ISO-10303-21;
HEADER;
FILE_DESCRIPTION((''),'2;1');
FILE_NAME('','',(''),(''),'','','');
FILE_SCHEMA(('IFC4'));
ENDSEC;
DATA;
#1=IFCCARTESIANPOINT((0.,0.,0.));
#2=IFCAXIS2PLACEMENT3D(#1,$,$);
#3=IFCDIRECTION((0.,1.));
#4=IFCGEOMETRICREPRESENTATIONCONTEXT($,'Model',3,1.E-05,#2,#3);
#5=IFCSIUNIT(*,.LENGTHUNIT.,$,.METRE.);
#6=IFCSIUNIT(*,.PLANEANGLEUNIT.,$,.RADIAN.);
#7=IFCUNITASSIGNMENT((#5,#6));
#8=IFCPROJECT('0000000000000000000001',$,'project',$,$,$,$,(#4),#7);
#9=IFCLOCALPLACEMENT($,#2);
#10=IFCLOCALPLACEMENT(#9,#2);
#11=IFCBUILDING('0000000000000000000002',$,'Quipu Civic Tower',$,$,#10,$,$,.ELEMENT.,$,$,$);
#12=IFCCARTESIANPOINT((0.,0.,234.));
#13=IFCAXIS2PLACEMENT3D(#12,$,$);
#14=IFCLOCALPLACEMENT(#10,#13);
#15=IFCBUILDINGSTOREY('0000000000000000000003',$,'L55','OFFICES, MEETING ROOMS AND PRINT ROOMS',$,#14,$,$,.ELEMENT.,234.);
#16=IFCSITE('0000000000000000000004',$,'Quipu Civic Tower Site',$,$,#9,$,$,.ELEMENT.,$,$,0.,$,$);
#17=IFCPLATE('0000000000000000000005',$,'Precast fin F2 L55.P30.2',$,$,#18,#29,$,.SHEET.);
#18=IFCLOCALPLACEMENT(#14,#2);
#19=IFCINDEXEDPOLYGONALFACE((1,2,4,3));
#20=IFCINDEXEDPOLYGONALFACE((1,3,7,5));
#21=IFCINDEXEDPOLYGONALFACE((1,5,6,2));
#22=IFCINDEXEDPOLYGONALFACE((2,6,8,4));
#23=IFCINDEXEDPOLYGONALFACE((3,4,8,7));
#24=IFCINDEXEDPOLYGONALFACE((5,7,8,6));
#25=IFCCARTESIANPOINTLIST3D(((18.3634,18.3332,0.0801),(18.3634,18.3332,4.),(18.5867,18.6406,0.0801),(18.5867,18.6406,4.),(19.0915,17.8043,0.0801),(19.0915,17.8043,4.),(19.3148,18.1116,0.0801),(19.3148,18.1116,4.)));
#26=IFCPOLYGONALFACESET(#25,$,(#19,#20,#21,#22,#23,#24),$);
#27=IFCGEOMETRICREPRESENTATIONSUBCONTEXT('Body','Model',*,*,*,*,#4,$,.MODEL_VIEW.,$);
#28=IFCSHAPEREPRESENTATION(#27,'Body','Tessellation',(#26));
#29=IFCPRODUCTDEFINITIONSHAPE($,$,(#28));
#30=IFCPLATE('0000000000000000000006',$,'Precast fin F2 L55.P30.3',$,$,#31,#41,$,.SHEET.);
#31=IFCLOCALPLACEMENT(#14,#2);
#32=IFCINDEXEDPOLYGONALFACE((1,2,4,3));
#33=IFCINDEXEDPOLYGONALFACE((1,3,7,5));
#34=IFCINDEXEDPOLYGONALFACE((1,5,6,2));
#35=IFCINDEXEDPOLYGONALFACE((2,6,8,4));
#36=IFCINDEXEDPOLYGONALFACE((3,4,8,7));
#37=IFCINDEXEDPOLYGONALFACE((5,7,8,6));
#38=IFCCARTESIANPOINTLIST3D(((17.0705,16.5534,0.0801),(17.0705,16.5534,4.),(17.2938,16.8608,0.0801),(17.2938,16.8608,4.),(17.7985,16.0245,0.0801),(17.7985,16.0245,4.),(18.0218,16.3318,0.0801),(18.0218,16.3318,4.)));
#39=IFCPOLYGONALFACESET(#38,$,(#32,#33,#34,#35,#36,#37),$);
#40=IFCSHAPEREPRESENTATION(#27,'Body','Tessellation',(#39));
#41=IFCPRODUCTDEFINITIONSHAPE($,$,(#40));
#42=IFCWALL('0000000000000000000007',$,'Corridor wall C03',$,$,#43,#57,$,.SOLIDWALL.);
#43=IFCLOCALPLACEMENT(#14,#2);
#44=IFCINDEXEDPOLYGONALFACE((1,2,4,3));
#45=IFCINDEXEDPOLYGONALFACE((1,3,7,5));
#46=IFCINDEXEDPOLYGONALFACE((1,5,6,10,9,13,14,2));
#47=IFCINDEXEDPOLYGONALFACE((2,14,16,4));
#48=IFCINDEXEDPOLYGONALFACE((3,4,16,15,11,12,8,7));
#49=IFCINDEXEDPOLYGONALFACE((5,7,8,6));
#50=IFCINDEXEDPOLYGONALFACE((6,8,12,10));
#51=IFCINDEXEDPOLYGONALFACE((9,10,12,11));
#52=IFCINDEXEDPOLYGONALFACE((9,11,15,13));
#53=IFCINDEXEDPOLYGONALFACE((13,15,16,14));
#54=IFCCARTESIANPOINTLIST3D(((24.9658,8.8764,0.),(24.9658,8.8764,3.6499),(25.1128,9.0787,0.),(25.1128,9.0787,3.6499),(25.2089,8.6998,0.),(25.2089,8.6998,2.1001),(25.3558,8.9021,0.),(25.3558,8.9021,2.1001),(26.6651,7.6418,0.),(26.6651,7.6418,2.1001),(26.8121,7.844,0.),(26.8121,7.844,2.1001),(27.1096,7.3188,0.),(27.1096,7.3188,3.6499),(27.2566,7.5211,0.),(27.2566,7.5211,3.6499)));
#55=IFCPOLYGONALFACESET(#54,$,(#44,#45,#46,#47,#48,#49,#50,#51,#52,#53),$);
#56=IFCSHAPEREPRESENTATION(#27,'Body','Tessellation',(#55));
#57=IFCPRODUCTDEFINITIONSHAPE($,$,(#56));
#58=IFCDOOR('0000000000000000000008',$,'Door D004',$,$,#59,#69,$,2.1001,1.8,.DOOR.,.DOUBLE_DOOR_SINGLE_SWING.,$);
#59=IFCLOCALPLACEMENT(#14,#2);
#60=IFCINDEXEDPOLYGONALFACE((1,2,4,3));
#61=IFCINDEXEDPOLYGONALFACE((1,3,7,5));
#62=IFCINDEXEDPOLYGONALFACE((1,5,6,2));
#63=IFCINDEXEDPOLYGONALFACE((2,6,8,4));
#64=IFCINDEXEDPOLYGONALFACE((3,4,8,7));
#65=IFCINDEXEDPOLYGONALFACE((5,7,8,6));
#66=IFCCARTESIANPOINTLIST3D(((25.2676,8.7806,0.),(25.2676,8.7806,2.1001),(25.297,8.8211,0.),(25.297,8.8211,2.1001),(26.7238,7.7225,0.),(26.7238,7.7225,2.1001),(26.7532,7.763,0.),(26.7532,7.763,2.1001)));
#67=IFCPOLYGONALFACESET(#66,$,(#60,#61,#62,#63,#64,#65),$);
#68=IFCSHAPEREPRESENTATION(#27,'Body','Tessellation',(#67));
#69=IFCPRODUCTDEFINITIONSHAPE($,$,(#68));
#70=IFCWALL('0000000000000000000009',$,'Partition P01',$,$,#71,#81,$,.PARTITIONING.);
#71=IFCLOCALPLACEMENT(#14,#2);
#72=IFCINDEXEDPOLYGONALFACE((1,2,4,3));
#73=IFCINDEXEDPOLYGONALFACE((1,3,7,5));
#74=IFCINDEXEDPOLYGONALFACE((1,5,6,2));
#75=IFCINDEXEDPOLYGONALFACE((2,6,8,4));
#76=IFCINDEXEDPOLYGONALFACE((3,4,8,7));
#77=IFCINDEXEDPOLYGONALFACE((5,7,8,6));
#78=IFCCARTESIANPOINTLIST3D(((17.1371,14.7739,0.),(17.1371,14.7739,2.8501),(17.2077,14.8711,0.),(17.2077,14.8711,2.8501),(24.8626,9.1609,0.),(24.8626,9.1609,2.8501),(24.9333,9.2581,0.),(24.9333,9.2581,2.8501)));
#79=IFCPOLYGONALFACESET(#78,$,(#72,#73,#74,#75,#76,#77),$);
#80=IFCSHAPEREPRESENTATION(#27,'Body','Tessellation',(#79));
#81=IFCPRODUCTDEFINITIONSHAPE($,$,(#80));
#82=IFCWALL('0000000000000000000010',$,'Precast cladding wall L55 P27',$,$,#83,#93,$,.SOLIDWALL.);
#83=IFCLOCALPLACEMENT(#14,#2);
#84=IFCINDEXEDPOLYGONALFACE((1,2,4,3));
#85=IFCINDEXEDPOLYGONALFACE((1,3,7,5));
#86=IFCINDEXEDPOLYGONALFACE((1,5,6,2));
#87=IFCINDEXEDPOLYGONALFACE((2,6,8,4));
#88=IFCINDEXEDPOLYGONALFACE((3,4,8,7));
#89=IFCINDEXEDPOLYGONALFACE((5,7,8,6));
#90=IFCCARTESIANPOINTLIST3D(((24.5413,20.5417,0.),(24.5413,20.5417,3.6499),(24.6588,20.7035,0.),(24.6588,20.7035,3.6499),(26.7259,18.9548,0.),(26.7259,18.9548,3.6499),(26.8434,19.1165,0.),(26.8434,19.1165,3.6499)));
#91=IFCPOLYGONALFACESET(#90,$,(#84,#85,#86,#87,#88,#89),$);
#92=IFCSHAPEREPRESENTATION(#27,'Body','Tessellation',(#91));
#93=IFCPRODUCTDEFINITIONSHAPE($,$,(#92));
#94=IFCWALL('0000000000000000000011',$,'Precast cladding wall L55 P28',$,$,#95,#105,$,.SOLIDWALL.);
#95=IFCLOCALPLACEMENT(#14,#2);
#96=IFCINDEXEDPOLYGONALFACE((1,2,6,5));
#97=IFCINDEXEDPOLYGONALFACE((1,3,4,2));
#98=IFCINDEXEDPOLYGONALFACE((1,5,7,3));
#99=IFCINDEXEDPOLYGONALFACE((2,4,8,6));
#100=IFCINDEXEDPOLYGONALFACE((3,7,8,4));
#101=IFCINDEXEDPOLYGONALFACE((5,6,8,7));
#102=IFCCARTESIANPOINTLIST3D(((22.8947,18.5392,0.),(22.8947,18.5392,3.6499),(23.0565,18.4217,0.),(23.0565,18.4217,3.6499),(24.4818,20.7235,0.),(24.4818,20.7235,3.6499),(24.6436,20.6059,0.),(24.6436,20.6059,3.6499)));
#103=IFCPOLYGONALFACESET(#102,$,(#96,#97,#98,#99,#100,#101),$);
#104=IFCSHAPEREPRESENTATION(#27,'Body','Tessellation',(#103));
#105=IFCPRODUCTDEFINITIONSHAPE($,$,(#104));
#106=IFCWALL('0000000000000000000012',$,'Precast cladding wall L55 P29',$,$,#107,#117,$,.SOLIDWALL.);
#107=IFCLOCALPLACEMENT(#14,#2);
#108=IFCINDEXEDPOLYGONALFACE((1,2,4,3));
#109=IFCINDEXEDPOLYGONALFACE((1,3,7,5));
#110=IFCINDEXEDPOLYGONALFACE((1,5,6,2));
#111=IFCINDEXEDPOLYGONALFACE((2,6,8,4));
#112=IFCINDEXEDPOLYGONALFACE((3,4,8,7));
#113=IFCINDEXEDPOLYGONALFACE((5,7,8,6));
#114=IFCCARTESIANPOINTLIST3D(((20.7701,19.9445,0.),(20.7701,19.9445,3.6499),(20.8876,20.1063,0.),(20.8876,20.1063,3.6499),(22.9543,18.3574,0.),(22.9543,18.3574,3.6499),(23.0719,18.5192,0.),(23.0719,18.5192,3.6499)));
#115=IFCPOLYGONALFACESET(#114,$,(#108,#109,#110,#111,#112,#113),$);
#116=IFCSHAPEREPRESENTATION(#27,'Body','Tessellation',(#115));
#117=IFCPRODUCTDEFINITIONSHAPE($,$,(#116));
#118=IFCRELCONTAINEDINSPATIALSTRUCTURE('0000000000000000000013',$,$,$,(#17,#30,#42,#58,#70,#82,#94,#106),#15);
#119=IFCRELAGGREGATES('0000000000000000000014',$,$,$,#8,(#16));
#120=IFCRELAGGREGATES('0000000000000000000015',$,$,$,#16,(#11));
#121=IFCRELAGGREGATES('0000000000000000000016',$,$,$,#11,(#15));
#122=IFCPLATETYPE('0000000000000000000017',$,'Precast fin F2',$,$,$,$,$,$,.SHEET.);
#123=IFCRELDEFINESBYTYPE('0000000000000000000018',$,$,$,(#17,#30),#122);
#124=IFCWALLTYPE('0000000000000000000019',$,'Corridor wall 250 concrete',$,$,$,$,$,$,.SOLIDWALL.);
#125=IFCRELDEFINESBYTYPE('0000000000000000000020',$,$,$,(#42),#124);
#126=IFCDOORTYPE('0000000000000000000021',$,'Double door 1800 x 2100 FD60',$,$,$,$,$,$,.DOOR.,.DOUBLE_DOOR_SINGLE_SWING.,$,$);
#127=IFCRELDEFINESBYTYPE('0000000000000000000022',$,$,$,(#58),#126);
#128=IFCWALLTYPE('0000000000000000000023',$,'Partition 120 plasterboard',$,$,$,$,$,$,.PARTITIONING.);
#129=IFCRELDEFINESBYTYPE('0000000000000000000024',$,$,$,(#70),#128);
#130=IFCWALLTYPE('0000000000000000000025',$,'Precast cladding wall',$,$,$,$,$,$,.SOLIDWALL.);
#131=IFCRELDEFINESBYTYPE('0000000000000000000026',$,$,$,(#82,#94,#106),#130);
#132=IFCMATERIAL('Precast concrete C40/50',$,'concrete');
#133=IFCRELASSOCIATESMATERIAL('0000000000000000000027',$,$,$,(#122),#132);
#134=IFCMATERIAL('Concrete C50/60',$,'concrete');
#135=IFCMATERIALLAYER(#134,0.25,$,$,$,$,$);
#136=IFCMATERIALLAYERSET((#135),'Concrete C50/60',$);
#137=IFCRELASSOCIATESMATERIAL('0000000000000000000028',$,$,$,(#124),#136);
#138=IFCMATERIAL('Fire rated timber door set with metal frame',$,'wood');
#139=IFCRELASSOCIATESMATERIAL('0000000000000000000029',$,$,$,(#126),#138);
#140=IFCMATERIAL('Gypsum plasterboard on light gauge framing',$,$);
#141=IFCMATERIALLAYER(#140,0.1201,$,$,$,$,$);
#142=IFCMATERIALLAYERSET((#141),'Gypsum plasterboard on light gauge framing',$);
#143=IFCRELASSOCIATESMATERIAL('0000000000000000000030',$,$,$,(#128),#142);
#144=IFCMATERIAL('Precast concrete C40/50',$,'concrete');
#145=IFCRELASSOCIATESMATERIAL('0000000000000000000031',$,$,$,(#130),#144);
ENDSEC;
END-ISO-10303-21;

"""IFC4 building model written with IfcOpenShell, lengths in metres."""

from ifc_helpers import new_model, si_unit, direction, frame, frame_2d, origin, origin_2d, place, context, subcontext, project, spatial, rectangle, extrude, material, layer, layer_set, type_object, element, fill, save


model = new_model("IFC4")

# Units and contexts
model_context = context("Model", 3, precision=1e-05, world=origin(), true_north=direction((0.0, 1.0)))
body_context = subcontext(model_context, "Body", "Model", "MODEL_VIEW")
ifc_project = project(units=[si_unit("LENGTHUNIT", "METRE"), si_unit("PLANEANGLEUNIT", "RADIAN")], contexts=[model_context])

# Site, building, storey
site_placement = place(None, origin())
site = spatial("IfcSite", under=ifc_project, at=site_placement, Name="Quipu Civic Tower Site", CompositionType="ELEMENT", RefElevation=0.0)
building_placement = place(site_placement, origin())
building = spatial("IfcBuilding", under=site, at=building_placement, Name="Quipu Civic Tower", CompositionType="ELEMENT")
storey_placement = place(building_placement, frame((0.0, 0.0, 234.0)))
storey = spatial("IfcBuildingStorey", under=building, at=storey_placement, Name="L55", Description="OFFICES, MEETING ROOMS AND PRINT ROOMS", CompositionType="ELEMENT", Elevation=234.0)

# Plates
ifc_material_1 = material(Name="Precast concrete C40/50", Category="concrete")
plate_type_1 = type_object("IfcPlateType", Name="Precast fin F2", PredefinedType="SHEET", material=ifc_material_1)
for number, where, z_axis, x_axis, name in (
    (1, (18.8391, 18.2224, 0.0801), (0.0, 0.0, 1.0), (-0.587784, -0.809018, 0.0), "Precast fin F2 L55.P30.2"),
    (2, (17.5461, 16.4426, 0.0801), (0.0, 0.0, 1.0), (-0.587784, -0.809018, 0.0), "Precast fin F2 L55.P30.3"),
):
    element("IfcPlate", number, at=place(storey_placement, frame(where, z_axis=z_axis, x_axis=x_axis)), inside=storey, type_object=plate_type_1, Name=name, PredefinedType="SHEET", context=body_context, shape_type="SweptSolid", body=[
        extrude(rectangle(XDim=0.3799, YDim=0.8999, at=origin_2d()), origin(), (0.0, 0.0, 1.0), 3.9199),
    ])

# Wall, opening, door
ifc_material_2 = material(Name="Concrete C50/60", Category="concrete")
ifc_layer_1 = layer(ifc_material_2, 0.25)
ifc_layer_set_1 = layer_set([ifc_layer_1], Name="Concrete C50/60")
wall_type_1 = type_object("IfcWallType", Name="Corridor wall 250 concrete", PredefinedType="SOLIDWALL", material=ifc_layer_set_1)
wall_1_placement = place(storey_placement, frame((25.0393, 8.9775, 0.0), z_axis=(0.0, 0.0, 1.0), x_axis=(0.809007, -0.587799, 0.0)))
wall_1 = element("IfcWall", 3, at=wall_1_placement, inside=storey, type_object=wall_type_1, Name="Corridor wall C03", PredefinedType="SOLIDWALL", context=body_context, shape_type="SweptSolid", body=[
    extrude(rectangle(XDim=2.6499, YDim=0.25, at=frame_2d((1.325, 0.0))), origin(), (0.0, 0.0, 1.0), 3.6499),
])
opening_placement = place(wall_1_placement, frame((0.3005, 0.0, 0.0)))
opening = element("IfcOpeningElement", 4, at=opening_placement, cuts=wall_1, PredefinedType="OPENING", context=body_context, shape_type="SweptSolid", body=[
    extrude(rectangle(XDim=1.8, YDim=2.1001, at=frame_2d((0.8999, 1.05))), frame((0.0, 0.135, 0.0), z_axis=(0.0, -1.0, 0.0), x_axis=(1.0, 0.0, 0.0)), (0.0, 0.0, 1.0), 0.27),
])
ifc_material_3 = material(Name="Fire rated timber door set with metal frame", Category="wood")
door_type = type_object("IfcDoorType", Name="Double door 1800 x 2100 FD60", OperationType="DOUBLE_DOOR_SINGLE_SWING", PredefinedType="DOOR", material=ifc_material_3)
door_placement = place(opening_placement, origin())
door = element("IfcDoor", 5, at=door_placement, inside=storey, type_object=door_type, Name="Door D004", OperationType="DOUBLE_DOOR_SINGLE_SWING", OverallHeight=2.1001, OverallWidth=1.8, PredefinedType="DOOR", context=body_context, shape_type="SweptSolid", body=[
    extrude(rectangle(XDim=1.8, YDim=2.1001, at=frame_2d((0.8999, 1.05))), frame((0.0, 0.0249, 0.0), z_axis=(0.0, -1.0, 0.0), x_axis=(1.0, 0.0, 0.0)), (0.0, 0.0, 1.0), 0.05),
])
fill(opening, door)

# Walls
ifc_material_4 = material(Name="Gypsum plasterboard on light gauge framing")
ifc_layer_2 = layer(ifc_material_4, 0.1201)
ifc_layer_set_2 = layer_set([ifc_layer_2], Name="Gypsum plasterboard on light gauge framing")
wall_type_2 = type_object("IfcWallType", Name="Partition 120 plasterboard", PredefinedType="PARTITIONING", material=ifc_layer_set_2)
wall_2_placement = place(storey_placement, frame((24.8979, 9.2095, 0.0), z_axis=(0.0, 0.0, 1.0), x_axis=(-0.809013, 0.58779, 0.0)))
element("IfcWall", 6, at=wall_2_placement, inside=storey, type_object=wall_type_2, Name="Partition P01", PredefinedType="PARTITIONING", context=body_context, shape_type="SweptSolid", body=[
    extrude(rectangle(XDim=9.5493, YDim=0.1201, at=frame_2d((4.7747, 0.0))), origin(), (0.0, 0.0, 1.0), 2.8501),
])
ifc_material_5 = material(Name="Precast concrete C40/50", Category="concrete")
wall_type_3 = type_object("IfcWallType", Name="Precast cladding wall", PredefinedType="SOLIDWALL", material=ifc_material_5)
wall_3_placement = place(storey_placement, frame((26.7847, 19.0356, 0.0), z_axis=(0.0, 0.0, 1.0), x_axis=(-0.809064, 0.58772, 0.0)))
element("IfcWall", 7, at=wall_3_placement, inside=storey, type_object=wall_type_3, Name="Precast cladding wall L55 P27", PredefinedType="SOLIDWALL", context=body_context, shape_type="SweptSolid", body=[
    extrude(rectangle(XDim=2.7002, YDim=0.2, at=frame_2d((1.3501, 0.0))), origin(), (0.0, 0.0, 1.0), 3.6499),
])
for number, where, z_axis, x_axis, name in (
    (8, (24.5627, 20.6648, 0.0), (0.0, 0.0, 1.0), (-0.587822, -0.80899, 0.0), "Precast cladding wall L55 P28"),
    (9, (23.0132, 18.4382, 0.0), (0.0, 0.0, 1.0), (-0.80899, 0.587822, 0.0), "Precast cladding wall L55 P29"),
):
    element("IfcWall", number, at=place(storey_placement, frame(where, z_axis=z_axis, x_axis=x_axis)), inside=storey, type_object=wall_type_3, Name=name, PredefinedType="SOLIDWALL", context=body_context, shape_type="SweptSolid", body=[
        extrude(rectangle(XDim=2.7, YDim=0.2, at=frame_2d((1.3501, 0.0))), origin(), (0.0, 0.0, 1.0), 3.6499),
    ])

save(model, "model.ifc")
